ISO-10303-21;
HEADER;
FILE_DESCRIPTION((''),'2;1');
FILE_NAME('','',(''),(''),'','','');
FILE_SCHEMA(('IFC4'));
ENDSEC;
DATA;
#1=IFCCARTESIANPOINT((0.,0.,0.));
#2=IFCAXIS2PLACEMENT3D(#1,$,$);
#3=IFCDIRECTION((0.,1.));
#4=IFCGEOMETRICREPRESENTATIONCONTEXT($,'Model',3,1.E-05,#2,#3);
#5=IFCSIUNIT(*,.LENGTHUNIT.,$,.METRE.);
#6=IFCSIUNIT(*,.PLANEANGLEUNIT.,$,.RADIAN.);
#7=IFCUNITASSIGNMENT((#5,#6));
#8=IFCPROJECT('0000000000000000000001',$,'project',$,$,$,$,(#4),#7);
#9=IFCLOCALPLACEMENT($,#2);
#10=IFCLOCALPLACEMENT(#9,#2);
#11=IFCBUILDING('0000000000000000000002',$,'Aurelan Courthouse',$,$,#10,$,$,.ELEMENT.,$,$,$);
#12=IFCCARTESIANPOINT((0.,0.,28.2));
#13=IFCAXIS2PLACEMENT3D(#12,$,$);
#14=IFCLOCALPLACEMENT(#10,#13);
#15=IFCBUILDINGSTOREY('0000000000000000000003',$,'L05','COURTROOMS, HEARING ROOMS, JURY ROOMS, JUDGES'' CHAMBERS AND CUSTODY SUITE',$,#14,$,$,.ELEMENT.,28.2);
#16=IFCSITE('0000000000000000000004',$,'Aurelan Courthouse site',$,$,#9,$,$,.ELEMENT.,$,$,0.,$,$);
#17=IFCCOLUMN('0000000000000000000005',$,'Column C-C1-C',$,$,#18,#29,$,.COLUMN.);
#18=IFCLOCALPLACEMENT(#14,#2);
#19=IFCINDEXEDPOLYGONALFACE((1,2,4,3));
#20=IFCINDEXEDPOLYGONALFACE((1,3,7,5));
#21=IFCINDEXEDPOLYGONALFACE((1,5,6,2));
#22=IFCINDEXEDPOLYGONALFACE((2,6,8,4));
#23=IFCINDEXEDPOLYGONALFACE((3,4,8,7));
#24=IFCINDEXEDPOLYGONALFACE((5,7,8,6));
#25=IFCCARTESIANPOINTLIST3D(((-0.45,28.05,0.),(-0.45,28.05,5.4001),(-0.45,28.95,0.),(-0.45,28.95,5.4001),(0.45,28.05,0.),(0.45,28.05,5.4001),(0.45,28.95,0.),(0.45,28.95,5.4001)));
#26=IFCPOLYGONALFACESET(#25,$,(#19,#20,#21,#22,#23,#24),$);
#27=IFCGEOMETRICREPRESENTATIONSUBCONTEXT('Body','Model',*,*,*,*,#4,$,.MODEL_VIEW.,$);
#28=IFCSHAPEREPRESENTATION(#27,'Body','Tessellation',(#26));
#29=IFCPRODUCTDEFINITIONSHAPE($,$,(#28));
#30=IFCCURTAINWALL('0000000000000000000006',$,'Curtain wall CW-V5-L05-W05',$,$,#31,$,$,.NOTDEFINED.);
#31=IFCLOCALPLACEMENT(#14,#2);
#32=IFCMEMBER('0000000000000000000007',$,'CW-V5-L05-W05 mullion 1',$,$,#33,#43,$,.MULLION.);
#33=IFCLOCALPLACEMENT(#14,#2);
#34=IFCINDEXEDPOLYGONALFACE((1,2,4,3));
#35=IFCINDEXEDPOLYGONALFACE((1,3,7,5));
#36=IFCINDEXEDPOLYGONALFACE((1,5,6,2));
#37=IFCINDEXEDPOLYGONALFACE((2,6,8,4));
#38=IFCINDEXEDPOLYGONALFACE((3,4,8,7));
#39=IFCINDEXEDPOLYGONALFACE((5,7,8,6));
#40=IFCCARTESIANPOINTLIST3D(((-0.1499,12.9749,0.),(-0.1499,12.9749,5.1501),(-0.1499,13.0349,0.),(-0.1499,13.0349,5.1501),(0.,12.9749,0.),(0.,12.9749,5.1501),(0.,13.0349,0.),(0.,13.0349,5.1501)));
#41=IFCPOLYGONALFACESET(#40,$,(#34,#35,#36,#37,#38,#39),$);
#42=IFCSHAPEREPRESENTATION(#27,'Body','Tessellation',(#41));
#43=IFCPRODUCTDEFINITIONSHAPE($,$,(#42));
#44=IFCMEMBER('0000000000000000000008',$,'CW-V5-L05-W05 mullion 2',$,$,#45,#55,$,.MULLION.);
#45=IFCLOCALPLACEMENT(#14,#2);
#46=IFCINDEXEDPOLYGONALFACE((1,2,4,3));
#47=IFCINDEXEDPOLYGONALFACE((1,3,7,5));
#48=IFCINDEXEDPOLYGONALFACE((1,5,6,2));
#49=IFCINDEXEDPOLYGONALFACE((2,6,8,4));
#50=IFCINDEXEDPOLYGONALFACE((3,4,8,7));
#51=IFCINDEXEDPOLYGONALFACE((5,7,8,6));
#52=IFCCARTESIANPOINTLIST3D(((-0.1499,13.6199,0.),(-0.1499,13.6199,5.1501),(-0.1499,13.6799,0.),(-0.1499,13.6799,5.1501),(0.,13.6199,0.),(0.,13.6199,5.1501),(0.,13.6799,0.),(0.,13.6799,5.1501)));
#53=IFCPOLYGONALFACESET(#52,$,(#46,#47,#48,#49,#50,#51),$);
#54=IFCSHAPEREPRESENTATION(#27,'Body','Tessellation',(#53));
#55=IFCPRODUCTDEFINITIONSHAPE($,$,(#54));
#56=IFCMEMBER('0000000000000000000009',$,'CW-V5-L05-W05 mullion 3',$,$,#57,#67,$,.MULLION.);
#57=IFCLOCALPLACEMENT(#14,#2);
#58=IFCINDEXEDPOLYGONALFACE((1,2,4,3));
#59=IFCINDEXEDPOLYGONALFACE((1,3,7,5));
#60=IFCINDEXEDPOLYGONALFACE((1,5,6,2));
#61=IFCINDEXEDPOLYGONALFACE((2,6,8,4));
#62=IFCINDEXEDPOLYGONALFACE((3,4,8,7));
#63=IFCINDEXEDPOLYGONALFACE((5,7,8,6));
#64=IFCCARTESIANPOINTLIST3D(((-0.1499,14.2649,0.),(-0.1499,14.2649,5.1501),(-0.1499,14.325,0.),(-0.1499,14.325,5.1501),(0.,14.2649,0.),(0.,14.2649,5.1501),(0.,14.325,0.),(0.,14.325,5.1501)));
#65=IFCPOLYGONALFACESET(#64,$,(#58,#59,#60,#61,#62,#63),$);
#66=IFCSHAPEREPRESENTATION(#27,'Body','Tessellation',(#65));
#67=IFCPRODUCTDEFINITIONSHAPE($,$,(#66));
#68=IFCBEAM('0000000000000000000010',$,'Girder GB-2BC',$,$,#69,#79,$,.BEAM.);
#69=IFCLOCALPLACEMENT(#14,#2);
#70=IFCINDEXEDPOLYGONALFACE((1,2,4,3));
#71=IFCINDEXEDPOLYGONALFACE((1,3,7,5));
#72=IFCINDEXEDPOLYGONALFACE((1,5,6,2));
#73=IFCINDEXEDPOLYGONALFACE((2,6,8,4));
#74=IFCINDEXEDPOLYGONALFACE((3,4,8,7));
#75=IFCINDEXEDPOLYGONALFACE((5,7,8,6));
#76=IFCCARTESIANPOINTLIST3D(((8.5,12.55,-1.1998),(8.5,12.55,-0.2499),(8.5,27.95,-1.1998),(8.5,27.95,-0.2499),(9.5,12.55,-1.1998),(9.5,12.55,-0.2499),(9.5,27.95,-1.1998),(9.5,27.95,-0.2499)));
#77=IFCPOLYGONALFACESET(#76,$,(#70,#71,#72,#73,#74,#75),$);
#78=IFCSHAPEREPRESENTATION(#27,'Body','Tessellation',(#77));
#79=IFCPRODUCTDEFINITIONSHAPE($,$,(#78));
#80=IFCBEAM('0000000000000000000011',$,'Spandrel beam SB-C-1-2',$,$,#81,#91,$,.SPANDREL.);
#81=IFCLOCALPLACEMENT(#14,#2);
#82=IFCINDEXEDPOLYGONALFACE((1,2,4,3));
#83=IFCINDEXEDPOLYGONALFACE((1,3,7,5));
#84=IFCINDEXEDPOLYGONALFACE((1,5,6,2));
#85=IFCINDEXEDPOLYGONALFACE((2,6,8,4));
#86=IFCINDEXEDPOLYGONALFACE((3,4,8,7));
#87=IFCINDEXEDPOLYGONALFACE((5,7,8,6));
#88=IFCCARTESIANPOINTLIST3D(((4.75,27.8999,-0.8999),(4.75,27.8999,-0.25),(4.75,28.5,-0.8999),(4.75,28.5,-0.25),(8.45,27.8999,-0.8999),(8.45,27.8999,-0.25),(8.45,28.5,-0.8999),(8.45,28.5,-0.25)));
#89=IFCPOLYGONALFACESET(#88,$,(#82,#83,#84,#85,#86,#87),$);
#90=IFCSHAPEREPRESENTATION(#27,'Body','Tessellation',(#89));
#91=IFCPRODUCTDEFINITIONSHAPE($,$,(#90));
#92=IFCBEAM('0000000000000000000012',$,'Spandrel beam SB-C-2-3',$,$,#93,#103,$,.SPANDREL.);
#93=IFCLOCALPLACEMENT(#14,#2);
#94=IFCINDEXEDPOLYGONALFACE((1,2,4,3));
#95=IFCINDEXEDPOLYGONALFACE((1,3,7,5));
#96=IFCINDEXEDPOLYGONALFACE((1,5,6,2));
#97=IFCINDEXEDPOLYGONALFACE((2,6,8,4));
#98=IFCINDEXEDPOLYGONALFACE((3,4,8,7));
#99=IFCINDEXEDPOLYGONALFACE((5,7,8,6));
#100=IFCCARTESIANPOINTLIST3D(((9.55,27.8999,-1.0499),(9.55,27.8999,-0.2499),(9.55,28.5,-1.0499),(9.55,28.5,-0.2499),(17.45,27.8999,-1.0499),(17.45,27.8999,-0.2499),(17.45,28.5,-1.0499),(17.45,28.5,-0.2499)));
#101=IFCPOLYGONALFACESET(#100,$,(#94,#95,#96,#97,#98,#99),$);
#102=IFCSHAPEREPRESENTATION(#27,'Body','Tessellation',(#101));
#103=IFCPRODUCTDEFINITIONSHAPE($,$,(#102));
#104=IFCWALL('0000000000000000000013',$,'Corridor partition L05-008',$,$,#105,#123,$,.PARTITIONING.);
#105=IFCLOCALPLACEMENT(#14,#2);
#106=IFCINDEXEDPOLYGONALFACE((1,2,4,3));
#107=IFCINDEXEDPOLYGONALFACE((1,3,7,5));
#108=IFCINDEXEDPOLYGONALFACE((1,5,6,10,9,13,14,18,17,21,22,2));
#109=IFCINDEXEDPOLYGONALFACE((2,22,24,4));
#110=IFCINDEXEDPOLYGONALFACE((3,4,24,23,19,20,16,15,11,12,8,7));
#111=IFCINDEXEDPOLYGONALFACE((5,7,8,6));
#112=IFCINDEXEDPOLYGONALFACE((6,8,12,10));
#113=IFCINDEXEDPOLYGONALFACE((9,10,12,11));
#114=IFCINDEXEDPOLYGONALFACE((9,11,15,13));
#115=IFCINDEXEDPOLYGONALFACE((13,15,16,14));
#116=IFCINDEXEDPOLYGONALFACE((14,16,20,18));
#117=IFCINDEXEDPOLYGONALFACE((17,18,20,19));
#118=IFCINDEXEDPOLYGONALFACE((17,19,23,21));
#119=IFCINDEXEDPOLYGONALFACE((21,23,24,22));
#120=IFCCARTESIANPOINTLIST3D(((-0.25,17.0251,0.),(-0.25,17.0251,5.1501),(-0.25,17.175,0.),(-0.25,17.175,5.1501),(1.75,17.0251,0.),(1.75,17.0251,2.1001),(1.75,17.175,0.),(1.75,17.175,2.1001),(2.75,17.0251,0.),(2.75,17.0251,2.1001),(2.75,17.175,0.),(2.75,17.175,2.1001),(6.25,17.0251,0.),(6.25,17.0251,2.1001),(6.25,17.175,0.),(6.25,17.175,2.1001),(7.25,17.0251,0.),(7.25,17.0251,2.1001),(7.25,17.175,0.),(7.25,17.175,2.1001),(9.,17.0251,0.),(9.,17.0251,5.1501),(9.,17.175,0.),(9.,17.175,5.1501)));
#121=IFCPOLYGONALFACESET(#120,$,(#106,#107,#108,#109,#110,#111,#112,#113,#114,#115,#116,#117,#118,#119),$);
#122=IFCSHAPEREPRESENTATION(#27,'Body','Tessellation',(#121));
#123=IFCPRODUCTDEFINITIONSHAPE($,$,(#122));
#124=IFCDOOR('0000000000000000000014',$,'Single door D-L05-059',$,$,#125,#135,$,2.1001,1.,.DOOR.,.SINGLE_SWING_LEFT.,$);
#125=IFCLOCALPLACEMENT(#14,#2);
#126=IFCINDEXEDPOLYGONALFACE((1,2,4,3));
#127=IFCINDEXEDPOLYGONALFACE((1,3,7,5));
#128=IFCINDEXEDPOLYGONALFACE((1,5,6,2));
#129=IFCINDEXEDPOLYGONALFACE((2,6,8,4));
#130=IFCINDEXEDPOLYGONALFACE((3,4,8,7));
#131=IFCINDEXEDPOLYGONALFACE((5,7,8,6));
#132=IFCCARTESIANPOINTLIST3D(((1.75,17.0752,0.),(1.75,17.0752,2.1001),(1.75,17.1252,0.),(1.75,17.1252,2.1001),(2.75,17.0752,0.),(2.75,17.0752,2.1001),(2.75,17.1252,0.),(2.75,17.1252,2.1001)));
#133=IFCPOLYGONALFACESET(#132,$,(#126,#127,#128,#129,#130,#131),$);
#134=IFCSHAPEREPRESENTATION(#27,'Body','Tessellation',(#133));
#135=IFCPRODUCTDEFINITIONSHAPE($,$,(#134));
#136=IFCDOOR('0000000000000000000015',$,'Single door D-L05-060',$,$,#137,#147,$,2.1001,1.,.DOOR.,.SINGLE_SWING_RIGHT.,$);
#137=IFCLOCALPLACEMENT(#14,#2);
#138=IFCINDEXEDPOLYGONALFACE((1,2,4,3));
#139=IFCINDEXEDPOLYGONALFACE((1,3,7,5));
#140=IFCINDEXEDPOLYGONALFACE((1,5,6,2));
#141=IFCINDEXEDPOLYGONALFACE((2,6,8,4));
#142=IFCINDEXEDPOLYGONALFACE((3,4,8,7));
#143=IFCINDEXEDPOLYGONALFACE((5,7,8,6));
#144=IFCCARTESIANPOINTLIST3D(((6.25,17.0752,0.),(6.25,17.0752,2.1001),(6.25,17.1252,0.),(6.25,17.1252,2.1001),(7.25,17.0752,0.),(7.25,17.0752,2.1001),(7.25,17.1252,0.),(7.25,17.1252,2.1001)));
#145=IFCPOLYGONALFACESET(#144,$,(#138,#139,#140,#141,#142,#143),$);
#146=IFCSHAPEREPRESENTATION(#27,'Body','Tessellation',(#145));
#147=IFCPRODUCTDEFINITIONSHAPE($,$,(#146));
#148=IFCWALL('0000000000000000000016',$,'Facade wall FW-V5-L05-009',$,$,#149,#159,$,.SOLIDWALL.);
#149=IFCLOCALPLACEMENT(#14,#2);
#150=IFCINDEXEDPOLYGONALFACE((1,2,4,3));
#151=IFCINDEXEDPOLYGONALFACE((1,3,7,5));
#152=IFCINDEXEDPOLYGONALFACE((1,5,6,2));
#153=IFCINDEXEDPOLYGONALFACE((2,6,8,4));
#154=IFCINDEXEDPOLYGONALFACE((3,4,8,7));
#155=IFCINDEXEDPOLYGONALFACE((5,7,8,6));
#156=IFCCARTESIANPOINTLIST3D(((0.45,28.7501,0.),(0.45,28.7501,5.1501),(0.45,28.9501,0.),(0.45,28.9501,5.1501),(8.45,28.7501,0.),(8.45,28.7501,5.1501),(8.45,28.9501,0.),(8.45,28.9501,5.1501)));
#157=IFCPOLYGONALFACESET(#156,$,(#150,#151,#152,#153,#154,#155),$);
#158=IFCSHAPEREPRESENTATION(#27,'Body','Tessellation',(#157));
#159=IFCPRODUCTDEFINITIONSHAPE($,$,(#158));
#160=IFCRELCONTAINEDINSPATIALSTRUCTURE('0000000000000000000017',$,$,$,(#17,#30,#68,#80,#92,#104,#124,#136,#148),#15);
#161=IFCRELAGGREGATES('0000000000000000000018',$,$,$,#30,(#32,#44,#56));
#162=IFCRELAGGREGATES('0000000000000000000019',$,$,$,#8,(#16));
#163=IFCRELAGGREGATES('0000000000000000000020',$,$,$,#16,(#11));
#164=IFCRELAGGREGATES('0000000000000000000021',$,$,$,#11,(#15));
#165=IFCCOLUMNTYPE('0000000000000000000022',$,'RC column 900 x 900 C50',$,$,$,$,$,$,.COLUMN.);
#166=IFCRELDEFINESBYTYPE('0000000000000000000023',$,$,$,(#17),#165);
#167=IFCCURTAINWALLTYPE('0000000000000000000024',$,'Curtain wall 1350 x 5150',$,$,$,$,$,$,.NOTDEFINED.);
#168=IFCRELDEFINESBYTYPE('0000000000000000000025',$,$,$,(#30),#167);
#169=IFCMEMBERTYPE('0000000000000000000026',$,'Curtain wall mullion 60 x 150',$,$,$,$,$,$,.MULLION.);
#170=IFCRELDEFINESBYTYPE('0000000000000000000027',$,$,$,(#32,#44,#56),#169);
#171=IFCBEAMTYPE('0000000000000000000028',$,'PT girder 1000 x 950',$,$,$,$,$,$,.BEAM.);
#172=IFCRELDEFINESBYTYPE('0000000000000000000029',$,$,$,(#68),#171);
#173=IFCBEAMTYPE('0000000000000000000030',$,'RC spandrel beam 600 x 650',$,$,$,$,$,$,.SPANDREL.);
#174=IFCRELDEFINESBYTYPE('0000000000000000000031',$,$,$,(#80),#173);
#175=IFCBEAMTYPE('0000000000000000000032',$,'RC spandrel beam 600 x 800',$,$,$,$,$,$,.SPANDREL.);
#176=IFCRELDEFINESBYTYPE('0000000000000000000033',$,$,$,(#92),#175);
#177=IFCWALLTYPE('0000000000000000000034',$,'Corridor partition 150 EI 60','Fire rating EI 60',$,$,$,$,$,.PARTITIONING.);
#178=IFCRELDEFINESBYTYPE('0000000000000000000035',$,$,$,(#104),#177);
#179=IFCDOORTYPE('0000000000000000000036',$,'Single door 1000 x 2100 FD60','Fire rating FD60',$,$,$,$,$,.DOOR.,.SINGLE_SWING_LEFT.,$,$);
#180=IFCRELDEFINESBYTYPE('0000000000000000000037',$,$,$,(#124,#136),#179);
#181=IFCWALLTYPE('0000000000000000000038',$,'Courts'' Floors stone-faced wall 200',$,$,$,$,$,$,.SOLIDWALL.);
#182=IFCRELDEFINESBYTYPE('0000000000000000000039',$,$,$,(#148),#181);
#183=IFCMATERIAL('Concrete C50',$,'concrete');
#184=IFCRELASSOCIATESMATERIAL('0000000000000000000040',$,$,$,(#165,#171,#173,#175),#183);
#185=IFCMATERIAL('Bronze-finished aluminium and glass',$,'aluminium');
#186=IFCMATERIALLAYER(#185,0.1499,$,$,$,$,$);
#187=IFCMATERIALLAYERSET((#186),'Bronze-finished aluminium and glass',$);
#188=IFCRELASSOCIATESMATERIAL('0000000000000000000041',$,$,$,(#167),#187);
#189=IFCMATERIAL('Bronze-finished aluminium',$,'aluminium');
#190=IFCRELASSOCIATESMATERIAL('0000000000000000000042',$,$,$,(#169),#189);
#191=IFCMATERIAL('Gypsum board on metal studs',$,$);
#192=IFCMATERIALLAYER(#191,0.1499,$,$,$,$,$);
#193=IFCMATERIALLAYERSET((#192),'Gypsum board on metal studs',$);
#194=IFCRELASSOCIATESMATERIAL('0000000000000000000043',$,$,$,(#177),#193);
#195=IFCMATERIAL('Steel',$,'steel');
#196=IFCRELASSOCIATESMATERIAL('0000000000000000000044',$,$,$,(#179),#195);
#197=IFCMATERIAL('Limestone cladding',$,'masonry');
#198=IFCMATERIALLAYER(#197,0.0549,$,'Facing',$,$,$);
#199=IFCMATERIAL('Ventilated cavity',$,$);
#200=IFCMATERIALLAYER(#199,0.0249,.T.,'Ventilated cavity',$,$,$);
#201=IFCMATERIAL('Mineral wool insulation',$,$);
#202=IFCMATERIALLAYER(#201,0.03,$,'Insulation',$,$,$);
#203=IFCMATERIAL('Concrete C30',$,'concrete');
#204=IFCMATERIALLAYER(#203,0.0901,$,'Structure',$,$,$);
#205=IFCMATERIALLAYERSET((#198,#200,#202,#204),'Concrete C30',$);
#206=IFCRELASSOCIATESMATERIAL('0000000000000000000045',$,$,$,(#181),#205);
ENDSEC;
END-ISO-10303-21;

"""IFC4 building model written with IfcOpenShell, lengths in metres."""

from ifc_helpers import new_model, si_unit, direction, frame, frame_2d, origin, origin_2d, place, context, subcontext, project, spatial, rectangle, extrude, material, layer, layer_set, material_profile, profile_set, type_object, element, fill, aggregate, save


model = new_model("IFC4")

# Units and contexts
model_context = context("Model", 3, precision=1e-05, world=origin(), true_north=direction((0.0, 1.0)))
body_context = subcontext(model_context, "Body", "Model", "MODEL_VIEW")
ifc_project = project(units=[si_unit("LENGTHUNIT", "METRE"), si_unit("PLANEANGLEUNIT", "RADIAN")], contexts=[model_context])

# Site, building, storey
site_placement = place(None, origin())
site = spatial("IfcSite", under=ifc_project, at=site_placement, Name="Aurelan Courthouse site", CompositionType="ELEMENT", RefElevation=0.0)
building_placement = place(site_placement, origin())
building = spatial("IfcBuilding", under=site, at=building_placement, Name="Aurelan Courthouse", CompositionType="ELEMENT")
storey_placement = place(building_placement, frame((0.0, 0.0, 28.2)))
storey = spatial("IfcBuildingStorey", under=building, at=storey_placement, Name="L05", Description="COURTROOMS, HEARING ROOMS, JURY ROOMS, JUDGES' CHAMBERS AND CUSTODY SUITE", CompositionType="ELEMENT", Elevation=28.2)

# Column
ifc_material_1 = material(Name="Concrete C50", Category="concrete")
ifc_material_profile_1 = material_profile(ifc_material_1, rectangle(XDim=0.8999, YDim=0.8999, at=origin_2d()), Name="RC 900 x 900")
ifc_profile_set_1 = profile_set([ifc_material_profile_1], Name="Concrete C50")
column_type = type_object("IfcColumnType", Name="RC column 900 x 900 C50", PredefinedType="COLUMN", material=ifc_profile_set_1)
column_placement = place(storey_placement, frame((0.0, 28.5, 0.0), z_axis=(0.0, 0.0, 1.0), x_axis=(1.0, 0.0, 0.0)))
element("IfcColumn", 1, at=column_placement, inside=storey, type_object=column_type, Name="Column C-C1-C", PredefinedType="COLUMN", context=body_context, shape_type="SweptSolid", body=[
    extrude(rectangle(XDim=0.8999, YDim=0.8999, at=origin_2d()), origin(), (0.0, 0.0, 1.0), 5.4001),
])

# Curtain wall, members
ifc_material_2 = material(Name="Bronze-finished aluminium and glass", Category="aluminium")
ifc_layer_1 = layer(ifc_material_2, 0.1499)
ifc_layer_set_1 = layer_set([ifc_layer_1], Name="Bronze-finished aluminium and glass")
curtain_wall_type = type_object("IfcCurtainWallType", Name="Curtain wall 1350 x 5150", PredefinedType="NOTDEFINED", material=ifc_layer_set_1)
curtain_wall_placement = place(storey_placement, origin())
curtain_wall = element("IfcCurtainWall", 2, at=curtain_wall_placement, inside=storey, type_object=curtain_wall_type, Name="Curtain wall CW-V5-L05-W05", PredefinedType="NOTDEFINED")
ifc_material_3 = material(Name="Bronze-finished aluminium", Category="aluminium")
ifc_material_profile_2 = material_profile(ifc_material_3, rectangle(XDim=0.1499, YDim=0.0601, at=origin_2d()), Name="Bronze mullion 60 x 150")
ifc_profile_set_2 = profile_set([ifc_material_profile_2], Name="Bronze-finished aluminium")
member_type = type_object("IfcMemberType", Name="Curtain wall mullion 60 x 150", PredefinedType="MULLION", material=ifc_profile_set_2)
member_1_placement = place(storey_placement, frame((-0.075, 13.0049, 0.0), z_axis=(0.0, 0.0, 1.0), x_axis=(-1.0, 0.0, 0.0)))
member_1 = element("IfcMember", 3, at=member_1_placement, type_object=member_type, Name="CW-V5-L05-W05 mullion 1", PredefinedType="MULLION", context=body_context, shape_type="SweptSolid", body=[
    extrude(rectangle(XDim=0.1499, YDim=0.0601, at=origin_2d()), origin(), (0.0, 0.0, 1.0), 5.1501),
])
member_2_placement = place(storey_placement, frame((-0.075, 13.6499, 0.0), z_axis=(0.0, 0.0, 1.0), x_axis=(-1.0, 0.0, 0.0)))
member_2 = element("IfcMember", 4, at=member_2_placement, type_object=member_type, Name="CW-V5-L05-W05 mullion 2", PredefinedType="MULLION", context=body_context, shape_type="SweptSolid", body=[
    extrude(rectangle(XDim=0.1499, YDim=0.0601, at=origin_2d()), origin(), (0.0, 0.0, 1.0), 5.1501),
])
member_3_placement = place(storey_placement, frame((-0.075, 14.2949, 0.0), z_axis=(0.0, 0.0, 1.0), x_axis=(-1.0, 0.0, 0.0)))
member_3 = element("IfcMember", 5, at=member_3_placement, type_object=member_type, Name="CW-V5-L05-W05 mullion 3", PredefinedType="MULLION", context=body_context, shape_type="SweptSolid", body=[
    extrude(rectangle(XDim=0.1499, YDim=0.0601, at=origin_2d()), origin(), (0.0, 0.0, 1.0), 5.1501),
])
aggregate(curtain_wall, [member_1, member_2, member_3])

# Beams
ifc_material_profile_3 = material_profile(ifc_material_1, rectangle(XDim=1.0, YDim=0.95, at=origin_2d()), Name="RC 1000 x 950")
ifc_profile_set_3 = profile_set([ifc_material_profile_3], Name="Concrete C50")
beam_type_1 = type_object("IfcBeamType", Name="PT girder 1000 x 950", PredefinedType="BEAM", material=ifc_profile_set_3)
beam_1_placement = place(storey_placement, frame((9.0, 12.55, -0.7249), z_axis=(0.0, 1.0, 0.0), x_axis=(-1.0, 0.0, 0.0)))
element("IfcBeam", 6, at=beam_1_placement, inside=storey, type_object=beam_type_1, Name="Girder GB-2BC", PredefinedType="BEAM", context=body_context, shape_type="SweptSolid", body=[
    extrude(rectangle(XDim=1.0, YDim=0.95, at=origin_2d()), origin(), (0.0, 0.0, 1.0), 15.3999),
])
ifc_material_profile_4 = material_profile(ifc_material_1, rectangle(XDim=0.6001, YDim=0.6499, at=origin_2d()), Name="RC 600 x 650")
ifc_profile_set_4 = profile_set([ifc_material_profile_4], Name="Concrete C50")
beam_type_2 = type_object("IfcBeamType", Name="RC spandrel beam 600 x 650", PredefinedType="SPANDREL", material=ifc_profile_set_4)
beam_2_placement = place(storey_placement, frame((4.75, 28.2, -0.575), z_axis=(1.0, 0.0, 0.0), x_axis=(0.0, 1.0, 0.0)))
element("IfcBeam", 7, at=beam_2_placement, inside=storey, type_object=beam_type_2, Name="Spandrel beam SB-C-1-2", PredefinedType="SPANDREL", context=body_context, shape_type="SweptSolid", body=[
    extrude(rectangle(XDim=0.6001, YDim=0.6499, at=origin_2d()), origin(), (0.0, 0.0, 1.0), 3.7),
])
ifc_material_profile_5 = material_profile(ifc_material_1, rectangle(XDim=0.6001, YDim=0.8, at=origin_2d()), Name="RC 600 x 800")
ifc_profile_set_5 = profile_set([ifc_material_profile_5], Name="Concrete C50")
beam_type_3 = type_object("IfcBeamType", Name="RC spandrel beam 600 x 800", PredefinedType="SPANDREL", material=ifc_profile_set_5)
beam_3_placement = place(storey_placement, frame((9.55, 28.2, -0.6499), z_axis=(1.0, 0.0, 0.0), x_axis=(0.0, 1.0, 0.0)))
element("IfcBeam", 8, at=beam_3_placement, inside=storey, type_object=beam_type_3, Name="Spandrel beam SB-C-2-3", PredefinedType="SPANDREL", context=body_context, shape_type="SweptSolid", body=[
    extrude(rectangle(XDim=0.6001, YDim=0.8, at=origin_2d()), origin(), (0.0, 0.0, 1.0), 7.8999),
])

# Wall, openings, doors
ifc_material_4 = material(Name="Gypsum board on metal studs")
ifc_layer_2 = layer(ifc_material_4, 0.1499)
ifc_layer_set_2 = layer_set([ifc_layer_2], Name="Gypsum board on metal studs")
wall_type_1 = type_object("IfcWallType", Name="Corridor partition 150 EI 60", Description="Fire rating EI 60", PredefinedType="PARTITIONING", material=ifc_layer_set_2)
wall_1_placement = place(storey_placement, frame((-0.25, 17.1001, 0.0), z_axis=(0.0, 0.0, 1.0), x_axis=(1.0, 0.0, 0.0)))
wall_1 = element("IfcWall", 9, at=wall_1_placement, inside=storey, type_object=wall_type_1, Name="Corridor partition L05-008", PredefinedType="PARTITIONING", context=body_context, shape_type="SweptSolid", body=[
    extrude(rectangle(XDim=9.25, YDim=0.1499, at=frame_2d((4.625, 0.0))), origin(), (0.0, 0.0, 1.0), 5.1501),
])
opening_1_placement = place(wall_1_placement, frame((3.0, 0.0, 0.0), z_axis=(0.0, 0.0, 1.0), x_axis=(-1.0, 0.0, 0.0)))
opening_1 = element("IfcOpeningElement", 10, at=opening_1_placement, cuts=wall_1, PredefinedType="OPENING", context=body_context, shape_type="SweptSolid", body=[
    extrude(rectangle(XDim=1.0, YDim=2.1001, at=frame_2d((0.5, 1.05))), frame((0.0, 0.085, 0.0), z_axis=(0.0, -1.0, 0.0), x_axis=(1.0, 0.0, 0.0)), (0.0, 0.0, 1.0), 0.1699),
])
opening_2_placement = place(wall_1_placement, frame((7.5, 0.0, 0.0), z_axis=(0.0, 0.0, 1.0), x_axis=(-1.0, 0.0, 0.0)))
opening_2 = element("IfcOpeningElement", 11, at=opening_2_placement, cuts=wall_1, PredefinedType="OPENING", context=body_context, shape_type="SweptSolid", body=[
    extrude(rectangle(XDim=1.0, YDim=2.1001, at=frame_2d((0.5, 1.05))), frame((0.0, 0.085, 0.0), z_axis=(0.0, -1.0, 0.0), x_axis=(1.0, 0.0, 0.0)), (0.0, 0.0, 1.0), 0.1699),
])
ifc_material_5 = material(Name="Steel", Category="steel")
door_type_1 = type_object("IfcDoorType", Name="Single door 1000 x 2100 FD60", Description="Fire rating FD60", OperationType="SINGLE_SWING_LEFT", PredefinedType="DOOR", material=ifc_material_5)
door_1_placement = place(opening_1_placement, origin())
door_1 = element("IfcDoor", 12, at=door_1_placement, inside=storey, type_object=door_type_1, Name="Single door D-L05-059", OperationType="SINGLE_SWING_LEFT", OverallHeight=2.1001, OverallWidth=1.0, PredefinedType="DOOR", context=body_context, shape_type="SweptSolid", body=[
    extrude(rectangle(XDim=1.0, YDim=2.1001, at=frame_2d((0.5, 1.05))), frame((0.0, 0.0249, 0.0), z_axis=(0.0, -1.0, 0.0), x_axis=(1.0, 0.0, 0.0)), (0.0, 0.0, 1.0), 0.05),
])
fill(opening_1, door_1)
door_2_placement = place(opening_2_placement, origin())
door_2 = element("IfcDoor", 13, at=door_2_placement, inside=storey, type_object=door_type_1, Name="Single door D-L05-060", OperationType="SINGLE_SWING_RIGHT", OverallHeight=2.1001, OverallWidth=1.0, PredefinedType="DOOR", context=body_context, shape_type="SweptSolid", body=[
    extrude(rectangle(XDim=1.0, YDim=2.1001, at=frame_2d((0.5, 1.05))), frame((0.0, 0.0249, 0.0), z_axis=(0.0, -1.0, 0.0), x_axis=(1.0, 0.0, 0.0)), (0.0, 0.0, 1.0), 0.05),
])
fill(opening_2, door_2)

# Wall
ifc_material_6 = material(Name="Limestone cladding", Category="masonry")
ifc_layer_3 = layer(ifc_material_6, 0.0549, Name="Facing")
ifc_material_7 = material(Name="Ventilated cavity")
ifc_layer_4 = layer(ifc_material_7, 0.0249, ventilated=True, Name="Ventilated cavity")
ifc_material_8 = material(Name="Mineral wool insulation")
ifc_layer_5 = layer(ifc_material_8, 0.03, Name="Insulation")
ifc_material_9 = material(Name="Concrete C30", Category="concrete")
ifc_layer_6 = layer(ifc_material_9, 0.0901, Name="Structure")
ifc_layer_set_3 = layer_set([ifc_layer_3, ifc_layer_4, ifc_layer_5, ifc_layer_6], Name="Concrete C30")
wall_type_2 = type_object("IfcWallType", Name="Courts' Floors stone-faced wall 200", PredefinedType="SOLIDWALL", material=ifc_layer_set_3)
wall_2_placement = place(storey_placement, frame((0.45, 28.8501, 0.0), z_axis=(0.0, 0.0, 1.0), x_axis=(1.0, 0.0, 0.0)))
element("IfcWall", 14, at=wall_2_placement, inside=storey, type_object=wall_type_2, Name="Facade wall FW-V5-L05-009", PredefinedType="SOLIDWALL", context=body_context, shape_type="SweptSolid", body=[
    extrude(rectangle(XDim=8.0, YDim=0.2, at=frame_2d((4.0, 0.0))), origin(), (0.0, 0.0, 1.0), 5.1501),
])

save(model, "model.ifc")
